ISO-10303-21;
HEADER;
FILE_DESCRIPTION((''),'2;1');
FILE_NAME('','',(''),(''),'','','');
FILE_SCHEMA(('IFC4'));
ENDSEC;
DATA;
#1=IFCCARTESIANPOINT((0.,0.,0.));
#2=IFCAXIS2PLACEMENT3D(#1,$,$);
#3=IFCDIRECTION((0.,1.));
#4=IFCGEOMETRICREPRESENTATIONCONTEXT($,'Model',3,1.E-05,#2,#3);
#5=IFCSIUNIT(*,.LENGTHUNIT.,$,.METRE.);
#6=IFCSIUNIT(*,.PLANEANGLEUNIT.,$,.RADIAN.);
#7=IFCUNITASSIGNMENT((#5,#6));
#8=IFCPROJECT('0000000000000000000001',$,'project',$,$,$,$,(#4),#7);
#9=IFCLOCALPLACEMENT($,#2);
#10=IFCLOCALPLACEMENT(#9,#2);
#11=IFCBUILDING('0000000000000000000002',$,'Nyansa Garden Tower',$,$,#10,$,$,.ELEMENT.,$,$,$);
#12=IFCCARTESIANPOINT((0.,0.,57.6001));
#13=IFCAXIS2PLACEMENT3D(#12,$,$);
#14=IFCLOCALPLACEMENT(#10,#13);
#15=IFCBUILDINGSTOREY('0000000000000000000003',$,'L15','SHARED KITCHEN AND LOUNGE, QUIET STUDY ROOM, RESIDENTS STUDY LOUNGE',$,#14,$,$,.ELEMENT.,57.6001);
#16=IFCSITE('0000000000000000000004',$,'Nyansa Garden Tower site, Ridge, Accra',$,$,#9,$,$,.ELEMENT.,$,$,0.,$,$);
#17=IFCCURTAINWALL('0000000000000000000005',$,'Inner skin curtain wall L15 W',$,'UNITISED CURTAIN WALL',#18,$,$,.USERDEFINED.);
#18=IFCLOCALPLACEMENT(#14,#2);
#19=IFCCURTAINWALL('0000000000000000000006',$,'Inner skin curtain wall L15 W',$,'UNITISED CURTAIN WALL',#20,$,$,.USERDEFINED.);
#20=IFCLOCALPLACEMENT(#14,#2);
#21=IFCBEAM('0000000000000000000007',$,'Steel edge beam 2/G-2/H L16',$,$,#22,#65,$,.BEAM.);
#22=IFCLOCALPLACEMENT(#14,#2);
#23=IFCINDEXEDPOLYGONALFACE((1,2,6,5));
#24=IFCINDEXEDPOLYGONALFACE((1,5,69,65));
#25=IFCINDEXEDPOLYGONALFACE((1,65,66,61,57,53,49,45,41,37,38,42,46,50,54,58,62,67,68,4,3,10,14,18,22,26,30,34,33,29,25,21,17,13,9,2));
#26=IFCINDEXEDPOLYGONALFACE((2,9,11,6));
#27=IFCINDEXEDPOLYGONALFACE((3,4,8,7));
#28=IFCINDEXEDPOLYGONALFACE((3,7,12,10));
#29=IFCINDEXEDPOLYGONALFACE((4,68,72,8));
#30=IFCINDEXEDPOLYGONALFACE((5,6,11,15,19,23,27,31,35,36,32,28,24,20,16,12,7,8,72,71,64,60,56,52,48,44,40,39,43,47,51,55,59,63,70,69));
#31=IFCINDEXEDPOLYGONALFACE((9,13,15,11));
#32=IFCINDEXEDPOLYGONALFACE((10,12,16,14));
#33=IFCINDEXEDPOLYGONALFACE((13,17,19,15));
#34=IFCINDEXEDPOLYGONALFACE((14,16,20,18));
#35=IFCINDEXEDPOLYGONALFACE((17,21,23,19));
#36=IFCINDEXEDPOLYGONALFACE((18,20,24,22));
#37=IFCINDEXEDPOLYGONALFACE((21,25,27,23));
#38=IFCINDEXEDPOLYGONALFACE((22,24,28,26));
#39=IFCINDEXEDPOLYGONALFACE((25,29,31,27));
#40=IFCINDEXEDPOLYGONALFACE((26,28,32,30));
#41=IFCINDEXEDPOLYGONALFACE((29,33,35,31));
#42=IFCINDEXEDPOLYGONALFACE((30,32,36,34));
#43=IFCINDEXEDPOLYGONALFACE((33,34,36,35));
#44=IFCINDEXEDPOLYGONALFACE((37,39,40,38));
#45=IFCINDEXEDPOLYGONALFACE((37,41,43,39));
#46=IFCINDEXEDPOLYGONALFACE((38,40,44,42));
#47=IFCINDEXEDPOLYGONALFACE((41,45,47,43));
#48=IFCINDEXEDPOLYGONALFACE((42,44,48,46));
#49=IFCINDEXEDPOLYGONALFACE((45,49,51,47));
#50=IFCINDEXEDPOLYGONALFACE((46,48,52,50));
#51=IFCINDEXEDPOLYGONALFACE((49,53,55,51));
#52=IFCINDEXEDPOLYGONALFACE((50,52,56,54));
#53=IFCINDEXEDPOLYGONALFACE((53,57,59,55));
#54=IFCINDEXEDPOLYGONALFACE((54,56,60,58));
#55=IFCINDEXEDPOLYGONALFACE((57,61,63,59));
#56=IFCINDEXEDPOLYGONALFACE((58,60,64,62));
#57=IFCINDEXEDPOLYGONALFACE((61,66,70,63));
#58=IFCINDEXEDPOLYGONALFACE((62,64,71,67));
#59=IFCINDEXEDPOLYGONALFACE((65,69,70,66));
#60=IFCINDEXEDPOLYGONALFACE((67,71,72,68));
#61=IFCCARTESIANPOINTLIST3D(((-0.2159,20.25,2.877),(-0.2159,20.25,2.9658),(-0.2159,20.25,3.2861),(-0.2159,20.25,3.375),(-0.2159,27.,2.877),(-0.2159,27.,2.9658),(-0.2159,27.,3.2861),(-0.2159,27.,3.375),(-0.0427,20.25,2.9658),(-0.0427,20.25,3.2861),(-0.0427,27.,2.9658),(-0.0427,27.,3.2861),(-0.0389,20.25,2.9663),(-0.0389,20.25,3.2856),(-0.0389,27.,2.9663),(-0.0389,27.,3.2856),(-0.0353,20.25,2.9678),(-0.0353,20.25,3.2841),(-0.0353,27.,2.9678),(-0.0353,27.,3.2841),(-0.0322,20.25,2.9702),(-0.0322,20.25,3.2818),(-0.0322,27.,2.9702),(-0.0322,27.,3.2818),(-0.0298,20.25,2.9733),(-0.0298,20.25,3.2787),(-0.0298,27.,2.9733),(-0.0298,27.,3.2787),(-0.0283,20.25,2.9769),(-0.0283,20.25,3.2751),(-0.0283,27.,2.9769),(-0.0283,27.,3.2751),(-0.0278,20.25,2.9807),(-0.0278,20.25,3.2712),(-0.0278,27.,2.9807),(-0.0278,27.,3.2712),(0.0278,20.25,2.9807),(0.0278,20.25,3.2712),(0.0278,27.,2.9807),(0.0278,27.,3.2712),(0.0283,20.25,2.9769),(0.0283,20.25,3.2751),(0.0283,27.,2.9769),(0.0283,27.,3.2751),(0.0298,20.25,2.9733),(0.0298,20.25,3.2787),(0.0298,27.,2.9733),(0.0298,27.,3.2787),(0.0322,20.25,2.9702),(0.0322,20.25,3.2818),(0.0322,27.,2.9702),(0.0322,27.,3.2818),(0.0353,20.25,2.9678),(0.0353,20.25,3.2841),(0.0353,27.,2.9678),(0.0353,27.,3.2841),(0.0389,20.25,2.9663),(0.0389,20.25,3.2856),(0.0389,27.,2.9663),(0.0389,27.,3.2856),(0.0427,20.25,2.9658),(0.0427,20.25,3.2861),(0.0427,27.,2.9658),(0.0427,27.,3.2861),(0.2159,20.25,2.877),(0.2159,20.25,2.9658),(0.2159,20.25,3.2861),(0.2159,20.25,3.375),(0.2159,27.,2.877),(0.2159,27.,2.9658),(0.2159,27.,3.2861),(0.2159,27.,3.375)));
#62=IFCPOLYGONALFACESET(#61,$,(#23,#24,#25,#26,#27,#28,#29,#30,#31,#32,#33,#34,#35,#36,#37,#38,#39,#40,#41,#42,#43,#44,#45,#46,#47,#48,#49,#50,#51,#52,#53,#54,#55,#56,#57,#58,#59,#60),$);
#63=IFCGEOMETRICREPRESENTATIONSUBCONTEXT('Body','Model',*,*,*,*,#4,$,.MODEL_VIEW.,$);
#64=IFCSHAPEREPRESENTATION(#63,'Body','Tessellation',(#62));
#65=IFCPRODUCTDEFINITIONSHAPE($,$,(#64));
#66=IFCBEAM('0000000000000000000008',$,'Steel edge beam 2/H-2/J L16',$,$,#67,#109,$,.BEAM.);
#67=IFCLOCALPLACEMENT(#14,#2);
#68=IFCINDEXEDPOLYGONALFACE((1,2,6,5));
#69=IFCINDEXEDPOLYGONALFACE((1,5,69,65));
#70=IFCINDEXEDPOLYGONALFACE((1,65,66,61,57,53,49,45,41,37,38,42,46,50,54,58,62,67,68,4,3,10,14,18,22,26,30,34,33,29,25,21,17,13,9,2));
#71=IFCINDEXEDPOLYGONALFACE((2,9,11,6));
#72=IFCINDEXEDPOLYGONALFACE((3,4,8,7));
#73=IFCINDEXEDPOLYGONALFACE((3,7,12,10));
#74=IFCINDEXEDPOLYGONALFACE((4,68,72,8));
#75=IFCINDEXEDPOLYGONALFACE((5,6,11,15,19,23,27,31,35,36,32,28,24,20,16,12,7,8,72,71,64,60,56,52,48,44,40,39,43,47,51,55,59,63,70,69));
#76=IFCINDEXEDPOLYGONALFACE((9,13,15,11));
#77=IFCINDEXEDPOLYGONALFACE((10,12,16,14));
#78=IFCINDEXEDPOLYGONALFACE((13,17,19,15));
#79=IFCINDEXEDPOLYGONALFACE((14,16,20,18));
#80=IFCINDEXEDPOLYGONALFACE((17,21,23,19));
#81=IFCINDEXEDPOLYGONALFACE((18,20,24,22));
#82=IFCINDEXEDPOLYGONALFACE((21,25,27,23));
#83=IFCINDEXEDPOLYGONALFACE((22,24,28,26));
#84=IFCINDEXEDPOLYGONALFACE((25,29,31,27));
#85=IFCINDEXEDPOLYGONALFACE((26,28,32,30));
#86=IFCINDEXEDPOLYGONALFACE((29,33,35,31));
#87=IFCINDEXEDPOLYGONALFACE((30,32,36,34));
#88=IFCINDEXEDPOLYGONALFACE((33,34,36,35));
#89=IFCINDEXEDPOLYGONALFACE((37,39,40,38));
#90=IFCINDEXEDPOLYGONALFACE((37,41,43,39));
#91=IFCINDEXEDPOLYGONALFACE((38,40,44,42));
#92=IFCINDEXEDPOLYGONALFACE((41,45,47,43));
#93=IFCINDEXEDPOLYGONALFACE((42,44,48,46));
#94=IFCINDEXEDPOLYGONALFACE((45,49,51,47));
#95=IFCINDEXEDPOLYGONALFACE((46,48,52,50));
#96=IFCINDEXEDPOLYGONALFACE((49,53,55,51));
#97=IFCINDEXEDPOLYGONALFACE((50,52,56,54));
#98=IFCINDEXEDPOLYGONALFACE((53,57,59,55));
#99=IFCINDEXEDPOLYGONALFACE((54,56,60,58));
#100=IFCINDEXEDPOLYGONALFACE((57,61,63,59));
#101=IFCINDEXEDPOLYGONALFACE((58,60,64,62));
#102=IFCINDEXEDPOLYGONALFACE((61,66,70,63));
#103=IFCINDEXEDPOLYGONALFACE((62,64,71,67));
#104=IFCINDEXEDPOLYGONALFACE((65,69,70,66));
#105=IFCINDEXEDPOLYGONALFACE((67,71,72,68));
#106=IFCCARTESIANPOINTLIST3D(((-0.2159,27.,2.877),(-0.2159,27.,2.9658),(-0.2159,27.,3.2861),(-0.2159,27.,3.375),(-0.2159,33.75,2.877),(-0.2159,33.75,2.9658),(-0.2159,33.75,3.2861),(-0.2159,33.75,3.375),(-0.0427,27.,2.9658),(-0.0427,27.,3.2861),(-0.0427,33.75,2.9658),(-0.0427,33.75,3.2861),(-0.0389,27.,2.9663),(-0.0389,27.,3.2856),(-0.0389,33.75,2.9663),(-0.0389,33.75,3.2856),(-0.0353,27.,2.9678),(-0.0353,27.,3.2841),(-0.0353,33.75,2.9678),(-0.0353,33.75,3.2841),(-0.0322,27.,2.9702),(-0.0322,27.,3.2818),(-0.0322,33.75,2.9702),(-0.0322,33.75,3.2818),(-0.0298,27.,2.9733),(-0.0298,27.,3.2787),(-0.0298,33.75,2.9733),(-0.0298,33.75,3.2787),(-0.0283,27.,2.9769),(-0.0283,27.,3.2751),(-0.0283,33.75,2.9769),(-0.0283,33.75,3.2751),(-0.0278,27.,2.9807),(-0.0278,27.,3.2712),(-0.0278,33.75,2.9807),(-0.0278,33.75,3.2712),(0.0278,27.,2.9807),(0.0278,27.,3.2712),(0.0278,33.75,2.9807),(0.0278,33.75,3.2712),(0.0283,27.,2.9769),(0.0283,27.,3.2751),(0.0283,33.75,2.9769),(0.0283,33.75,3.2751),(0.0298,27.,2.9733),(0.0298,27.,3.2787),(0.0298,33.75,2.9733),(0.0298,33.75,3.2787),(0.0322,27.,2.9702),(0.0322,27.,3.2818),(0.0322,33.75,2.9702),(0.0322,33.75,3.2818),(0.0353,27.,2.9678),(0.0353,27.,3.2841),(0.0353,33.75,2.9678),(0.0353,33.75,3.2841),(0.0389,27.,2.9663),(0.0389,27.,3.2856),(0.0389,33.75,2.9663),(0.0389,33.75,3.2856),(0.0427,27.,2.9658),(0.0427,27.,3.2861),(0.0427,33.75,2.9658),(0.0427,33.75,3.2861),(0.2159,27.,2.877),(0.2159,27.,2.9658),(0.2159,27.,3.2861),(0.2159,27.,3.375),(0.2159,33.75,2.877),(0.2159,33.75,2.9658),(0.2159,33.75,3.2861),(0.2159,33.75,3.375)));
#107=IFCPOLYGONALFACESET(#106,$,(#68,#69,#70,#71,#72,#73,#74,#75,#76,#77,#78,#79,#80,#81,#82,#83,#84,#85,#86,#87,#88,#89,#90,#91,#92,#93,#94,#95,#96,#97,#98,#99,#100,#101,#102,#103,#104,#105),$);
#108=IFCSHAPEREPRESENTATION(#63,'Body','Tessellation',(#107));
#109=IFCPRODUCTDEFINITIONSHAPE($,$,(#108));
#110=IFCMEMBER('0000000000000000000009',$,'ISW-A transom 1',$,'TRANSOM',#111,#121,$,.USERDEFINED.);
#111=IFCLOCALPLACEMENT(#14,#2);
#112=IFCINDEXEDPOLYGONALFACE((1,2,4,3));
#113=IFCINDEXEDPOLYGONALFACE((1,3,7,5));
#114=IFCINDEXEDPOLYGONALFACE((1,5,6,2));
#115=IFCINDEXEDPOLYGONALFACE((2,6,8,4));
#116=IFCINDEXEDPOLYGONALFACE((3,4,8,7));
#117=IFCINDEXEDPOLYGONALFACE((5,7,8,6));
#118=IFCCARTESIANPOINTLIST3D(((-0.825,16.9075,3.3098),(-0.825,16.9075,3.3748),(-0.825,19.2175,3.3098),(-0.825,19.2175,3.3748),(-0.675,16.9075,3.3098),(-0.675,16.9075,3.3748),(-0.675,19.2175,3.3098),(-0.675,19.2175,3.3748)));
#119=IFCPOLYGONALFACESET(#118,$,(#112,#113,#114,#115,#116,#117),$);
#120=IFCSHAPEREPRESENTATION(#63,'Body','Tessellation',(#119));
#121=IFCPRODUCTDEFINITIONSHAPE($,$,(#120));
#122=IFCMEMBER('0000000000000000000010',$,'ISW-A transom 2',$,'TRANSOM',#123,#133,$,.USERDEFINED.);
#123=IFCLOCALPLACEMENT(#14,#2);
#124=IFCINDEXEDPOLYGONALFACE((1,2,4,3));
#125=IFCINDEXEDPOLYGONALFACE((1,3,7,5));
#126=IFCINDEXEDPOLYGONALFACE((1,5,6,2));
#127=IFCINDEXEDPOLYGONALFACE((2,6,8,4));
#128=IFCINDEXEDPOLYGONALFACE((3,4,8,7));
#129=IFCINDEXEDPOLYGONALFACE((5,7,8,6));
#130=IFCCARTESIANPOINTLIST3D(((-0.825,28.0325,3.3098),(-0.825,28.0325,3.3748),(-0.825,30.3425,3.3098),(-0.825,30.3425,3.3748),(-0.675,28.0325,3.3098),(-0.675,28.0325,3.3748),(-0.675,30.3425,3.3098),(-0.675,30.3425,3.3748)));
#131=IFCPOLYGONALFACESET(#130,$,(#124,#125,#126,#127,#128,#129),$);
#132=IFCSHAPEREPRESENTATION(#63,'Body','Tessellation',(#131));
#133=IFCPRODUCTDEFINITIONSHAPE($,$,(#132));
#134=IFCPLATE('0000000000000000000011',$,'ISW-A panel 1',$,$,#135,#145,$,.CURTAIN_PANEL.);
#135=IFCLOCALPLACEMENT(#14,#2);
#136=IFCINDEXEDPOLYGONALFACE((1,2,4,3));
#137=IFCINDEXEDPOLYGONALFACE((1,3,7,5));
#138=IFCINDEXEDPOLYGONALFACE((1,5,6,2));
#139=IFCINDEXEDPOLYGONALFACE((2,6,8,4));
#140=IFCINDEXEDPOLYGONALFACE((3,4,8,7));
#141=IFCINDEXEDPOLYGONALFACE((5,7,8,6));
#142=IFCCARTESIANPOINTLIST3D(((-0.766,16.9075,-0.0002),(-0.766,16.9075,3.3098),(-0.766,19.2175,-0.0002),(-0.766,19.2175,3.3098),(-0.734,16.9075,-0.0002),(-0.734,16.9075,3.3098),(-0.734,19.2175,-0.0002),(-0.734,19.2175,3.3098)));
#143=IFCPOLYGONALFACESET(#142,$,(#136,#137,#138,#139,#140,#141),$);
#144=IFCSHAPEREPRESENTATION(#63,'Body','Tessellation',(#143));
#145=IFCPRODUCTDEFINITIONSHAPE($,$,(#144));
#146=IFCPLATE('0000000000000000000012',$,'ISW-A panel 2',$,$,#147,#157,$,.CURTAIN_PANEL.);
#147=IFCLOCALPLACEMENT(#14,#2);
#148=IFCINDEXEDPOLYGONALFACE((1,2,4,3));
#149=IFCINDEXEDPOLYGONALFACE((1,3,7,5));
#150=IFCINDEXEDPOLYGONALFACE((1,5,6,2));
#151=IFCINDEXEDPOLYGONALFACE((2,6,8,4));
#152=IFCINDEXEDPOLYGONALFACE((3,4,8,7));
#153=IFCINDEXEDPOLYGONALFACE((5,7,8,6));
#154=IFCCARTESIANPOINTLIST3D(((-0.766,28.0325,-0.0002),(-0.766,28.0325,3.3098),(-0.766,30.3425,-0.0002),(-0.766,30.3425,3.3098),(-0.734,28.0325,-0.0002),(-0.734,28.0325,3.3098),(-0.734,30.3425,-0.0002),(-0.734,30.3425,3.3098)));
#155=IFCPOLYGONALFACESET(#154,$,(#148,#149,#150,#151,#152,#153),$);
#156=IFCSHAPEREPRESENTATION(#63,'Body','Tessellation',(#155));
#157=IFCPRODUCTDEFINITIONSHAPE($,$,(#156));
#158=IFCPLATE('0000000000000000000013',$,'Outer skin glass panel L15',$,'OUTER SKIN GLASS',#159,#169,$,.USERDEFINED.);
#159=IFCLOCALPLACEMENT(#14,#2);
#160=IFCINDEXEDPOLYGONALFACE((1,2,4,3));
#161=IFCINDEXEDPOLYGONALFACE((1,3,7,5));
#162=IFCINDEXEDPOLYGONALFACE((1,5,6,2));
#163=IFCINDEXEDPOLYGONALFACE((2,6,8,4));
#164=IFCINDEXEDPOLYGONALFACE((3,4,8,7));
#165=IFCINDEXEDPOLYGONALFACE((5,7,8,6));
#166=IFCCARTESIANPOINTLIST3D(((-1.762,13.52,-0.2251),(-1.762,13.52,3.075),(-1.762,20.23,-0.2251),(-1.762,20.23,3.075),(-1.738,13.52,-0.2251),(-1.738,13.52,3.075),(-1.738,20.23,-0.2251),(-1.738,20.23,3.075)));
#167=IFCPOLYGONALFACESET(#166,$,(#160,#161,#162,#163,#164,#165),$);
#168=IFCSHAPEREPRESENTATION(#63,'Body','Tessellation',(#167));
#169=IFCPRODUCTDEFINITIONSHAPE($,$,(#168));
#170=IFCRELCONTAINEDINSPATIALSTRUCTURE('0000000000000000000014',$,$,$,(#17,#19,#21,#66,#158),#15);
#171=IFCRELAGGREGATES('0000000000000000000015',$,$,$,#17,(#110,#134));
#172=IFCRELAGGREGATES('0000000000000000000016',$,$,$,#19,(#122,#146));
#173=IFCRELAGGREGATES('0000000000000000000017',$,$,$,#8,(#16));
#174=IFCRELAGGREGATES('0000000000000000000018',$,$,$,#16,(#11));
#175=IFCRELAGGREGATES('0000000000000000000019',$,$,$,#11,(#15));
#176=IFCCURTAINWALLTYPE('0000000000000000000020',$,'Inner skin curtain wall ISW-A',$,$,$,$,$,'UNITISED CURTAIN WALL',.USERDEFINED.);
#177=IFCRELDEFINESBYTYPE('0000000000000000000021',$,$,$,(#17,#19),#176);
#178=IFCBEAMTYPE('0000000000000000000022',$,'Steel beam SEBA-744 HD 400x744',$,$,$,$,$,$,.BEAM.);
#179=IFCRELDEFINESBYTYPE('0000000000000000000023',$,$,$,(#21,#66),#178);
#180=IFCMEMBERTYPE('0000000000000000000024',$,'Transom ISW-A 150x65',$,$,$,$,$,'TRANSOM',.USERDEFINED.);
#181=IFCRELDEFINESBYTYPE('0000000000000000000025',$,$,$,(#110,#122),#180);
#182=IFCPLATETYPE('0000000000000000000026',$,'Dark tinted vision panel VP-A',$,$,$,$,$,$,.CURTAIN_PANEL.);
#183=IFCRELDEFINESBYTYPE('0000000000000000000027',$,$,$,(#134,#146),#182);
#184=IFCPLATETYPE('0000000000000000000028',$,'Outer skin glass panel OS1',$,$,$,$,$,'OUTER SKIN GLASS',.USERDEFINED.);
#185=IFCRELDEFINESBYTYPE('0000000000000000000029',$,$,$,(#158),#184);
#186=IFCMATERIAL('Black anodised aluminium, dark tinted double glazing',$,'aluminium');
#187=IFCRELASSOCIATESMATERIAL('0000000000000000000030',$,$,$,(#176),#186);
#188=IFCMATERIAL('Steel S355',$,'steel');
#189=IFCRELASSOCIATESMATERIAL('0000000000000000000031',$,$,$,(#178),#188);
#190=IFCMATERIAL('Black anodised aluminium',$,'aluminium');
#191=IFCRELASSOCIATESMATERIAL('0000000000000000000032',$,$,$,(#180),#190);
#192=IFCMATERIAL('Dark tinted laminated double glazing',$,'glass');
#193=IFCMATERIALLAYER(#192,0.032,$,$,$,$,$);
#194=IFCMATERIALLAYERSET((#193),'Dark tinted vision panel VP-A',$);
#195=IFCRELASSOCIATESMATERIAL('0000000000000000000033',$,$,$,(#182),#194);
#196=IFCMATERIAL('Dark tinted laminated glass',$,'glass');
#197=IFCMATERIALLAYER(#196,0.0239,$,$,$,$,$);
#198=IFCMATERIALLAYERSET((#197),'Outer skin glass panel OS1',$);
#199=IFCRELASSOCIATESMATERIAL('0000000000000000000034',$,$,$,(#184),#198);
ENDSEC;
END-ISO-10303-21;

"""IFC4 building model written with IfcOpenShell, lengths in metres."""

from ifc_helpers import new_model, si_unit, direction, frame, origin, origin_2d, place, context, subcontext, project, spatial, rectangle, i_section, extrude, material, layer, layer_set, material_profile, profile_set, type_object, element, aggregate, save


model = new_model("IFC4")

# Units and contexts
model_context = context("Model", 3, precision=1e-05, world=origin(), true_north=direction((0.0, 1.0)))
body_context = subcontext(model_context, "Body", "Model", "MODEL_VIEW")
ifc_project = project(units=[si_unit("LENGTHUNIT", "METRE"), si_unit("PLANEANGLEUNIT", "RADIAN")], contexts=[model_context])

# Site, building, storey
site_placement = place(None, origin())
site = spatial("IfcSite", under=ifc_project, at=site_placement, Name="Nyansa Garden Tower site, Ridge, Accra", CompositionType="ELEMENT", RefElevation=0.0)
building_placement = place(site_placement, origin())
building = spatial("IfcBuilding", under=site, at=building_placement, Name="Nyansa Garden Tower", CompositionType="ELEMENT")
storey_placement = place(building_placement, frame((0.0, 0.0, 57.6001)))
storey = spatial("IfcBuildingStorey", under=building, at=storey_placement, Name="L15", Description="SHARED KITCHEN AND LOUNGE, QUIET STUDY ROOM, RESIDENTS STUDY LOUNGE", CompositionType="ELEMENT", Elevation=57.6001)

# Curtain walls
ifc_material_1 = material(Name="Black anodised aluminium, dark tinted double glazing", Category="aluminium")
curtain_wall_type = type_object("IfcCurtainWallType", Name="Inner skin curtain wall ISW-A", ElementType="UNITISED CURTAIN WALL", PredefinedType="USERDEFINED", material=ifc_material_1)
curtain_wall_1_placement = place(storey_placement, origin())
curtain_wall_1 = element("IfcCurtainWall", 1, at=curtain_wall_1_placement, inside=storey, type_object=curtain_wall_type, Name="Inner skin curtain wall L15 W", ObjectType="UNITISED CURTAIN WALL", PredefinedType="USERDEFINED")
curtain_wall_2_placement = place(storey_placement, origin())
curtain_wall_2 = element("IfcCurtainWall", 2, at=curtain_wall_2_placement, inside=storey, type_object=curtain_wall_type, Name="Inner skin curtain wall L15 W", ObjectType="UNITISED CURTAIN WALL", PredefinedType="USERDEFINED")

# Beams
ifc_material_2 = material(Name="Steel S355", Category="steel")
ifc_material_profile_1 = material_profile(ifc_material_2, i_section(OverallWidth=0.4319, OverallDepth=0.498, WebThickness=0.0557, FlangeThickness=0.0889, FilletRadius=0.0149, at=origin_2d()), Name="HD 400x744")
ifc_profile_set_1 = profile_set([ifc_material_profile_1], Name="Steel S355")
beam_type_1 = type_object("IfcBeamType", Name="Steel beam SEBA-744 HD 400x744", PredefinedType="BEAM", material=ifc_profile_set_1)
for number, where, z_axis, x_axis, name in (
    (3, (0.0, 20.25, 3.126), (0.0, 1.0, 0.0), (-1.0, 0.0, 0.0), "Steel edge beam 2/G-2/H L16"),
    (4, (0.0, 27.0, 3.126), (0.0, 1.0, 0.0), (-1.0, 0.0, 0.0), "Steel edge beam 2/H-2/J L16"),
):
    element("IfcBeam", number, at=place(storey_placement, frame(where, z_axis=z_axis, x_axis=x_axis)), inside=storey, type_object=beam_type_1, Name=name, PredefinedType="BEAM", context=body_context, shape_type="SweptSolid", body=[
        extrude(i_section(OverallWidth=0.4319, OverallDepth=0.498, WebThickness=0.0557, FlangeThickness=0.0889, FilletRadius=0.0149, at=origin_2d()), origin(), (0.0, 0.0, 1.0), 6.75),
    ])

# Members
ifc_material_3 = material(Name="Black anodised aluminium", Category="aluminium")
ifc_material_profile_2 = material_profile(ifc_material_3, rectangle(XDim=0.1499, YDim=0.0649, at=origin_2d()), Name="Transom 150x65")
ifc_profile_set_2 = profile_set([ifc_material_profile_2], Name="Black anodised aluminium")
member_type_1 = type_object("IfcMemberType", Name="Transom ISW-A 150x65", ElementType="TRANSOM", PredefinedType="USERDEFINED", material=ifc_profile_set_2)
member_1_placement = place(storey_placement, frame((-0.75, 19.2175, 3.3423), z_axis=(0.0, -1.0, 0.0), x_axis=(1.0, 0.0, 0.0)))
member_1 = element("IfcMember", 5, at=member_1_placement, type_object=member_type_1, Name="ISW-A transom 1", ObjectType="TRANSOM", PredefinedType="USERDEFINED", context=body_context, shape_type="SweptSolid", body=[
    extrude(rectangle(XDim=0.1499, YDim=0.0649, at=origin_2d()), origin(), (0.0, 0.0, 1.0), 2.3101),
])
member_2_placement = place(storey_placement, frame((-0.75, 30.3425, 3.3423), z_axis=(0.0, -1.0, 0.0), x_axis=(1.0, 0.0, 0.0)))
member_2 = element("IfcMember", 6, at=member_2_placement, type_object=member_type_1, Name="ISW-A transom 2", ObjectType="TRANSOM", PredefinedType="USERDEFINED", context=body_context, shape_type="SweptSolid", body=[
    extrude(rectangle(XDim=0.1499, YDim=0.0649, at=origin_2d()), origin(), (0.0, 0.0, 1.0), 2.3101),
])

# Plates
ifc_material_4 = material(Name="Dark tinted laminated double glazing", Category="glass")
ifc_layer_1 = layer(ifc_material_4, 0.032)
ifc_layer_set_1 = layer_set([ifc_layer_1], Name="Dark tinted vision panel VP-A")
plate_type_1 = type_object("IfcPlateType", Name="Dark tinted vision panel VP-A", PredefinedType="CURTAIN_PANEL", material=ifc_layer_set_1)
plate_1_placement = place(storey_placement, frame((-0.75, 18.0625, -0.0002), z_axis=(0.0, 0.0, 1.0), x_axis=(0.0, -1.0, 0.0)))
plate_1 = element("IfcPlate", 7, at=plate_1_placement, type_object=plate_type_1, Name="ISW-A panel 1", PredefinedType="CURTAIN_PANEL", context=body_context, shape_type="SweptSolid", body=[
    extrude(rectangle(XDim=2.3101, YDim=0.032, at=origin_2d()), origin(), (0.0, 0.0, 1.0), 3.3101),
])
aggregate(curtain_wall_1, [member_1, plate_1])
plate_2_placement = place(storey_placement, frame((-0.75, 29.1875, -0.0002), z_axis=(0.0, 0.0, 1.0), x_axis=(0.0, -1.0, 0.0)))
plate_2 = element("IfcPlate", 8, at=plate_2_placement, type_object=plate_type_1, Name="ISW-A panel 2", PredefinedType="CURTAIN_PANEL", context=body_context, shape_type="SweptSolid", body=[
    extrude(rectangle(XDim=2.3101, YDim=0.032, at=origin_2d()), origin(), (0.0, 0.0, 1.0), 3.3101),
])
aggregate(curtain_wall_2, [member_2, plate_2])
ifc_material_5 = material(Name="Dark tinted laminated glass", Category="glass")
ifc_layer_2 = layer(ifc_material_5, 0.0239)
ifc_layer_set_2 = layer_set([ifc_layer_2], Name="Outer skin glass panel OS1")
plate_type_2 = type_object("IfcPlateType", Name="Outer skin glass panel OS1", ElementType="OUTER SKIN GLASS", PredefinedType="USERDEFINED", material=ifc_layer_set_2)
plate_3_placement = place(storey_placement, frame((-1.75, 16.875, -0.2251), z_axis=(0.0, 0.0, 1.0), x_axis=(0.0, 1.0, 0.0)))
element("IfcPlate", 9, at=plate_3_placement, inside=storey, type_object=plate_type_2, Name="Outer skin glass panel L15", ObjectType="OUTER SKIN GLASS", PredefinedType="USERDEFINED", context=body_context, shape_type="SweptSolid", body=[
    extrude(rectangle(XDim=6.71, YDim=0.0239, at=origin_2d()), origin(), (0.0, 0.0, 1.0), 3.3),
])

save(model, "model.ifc")
